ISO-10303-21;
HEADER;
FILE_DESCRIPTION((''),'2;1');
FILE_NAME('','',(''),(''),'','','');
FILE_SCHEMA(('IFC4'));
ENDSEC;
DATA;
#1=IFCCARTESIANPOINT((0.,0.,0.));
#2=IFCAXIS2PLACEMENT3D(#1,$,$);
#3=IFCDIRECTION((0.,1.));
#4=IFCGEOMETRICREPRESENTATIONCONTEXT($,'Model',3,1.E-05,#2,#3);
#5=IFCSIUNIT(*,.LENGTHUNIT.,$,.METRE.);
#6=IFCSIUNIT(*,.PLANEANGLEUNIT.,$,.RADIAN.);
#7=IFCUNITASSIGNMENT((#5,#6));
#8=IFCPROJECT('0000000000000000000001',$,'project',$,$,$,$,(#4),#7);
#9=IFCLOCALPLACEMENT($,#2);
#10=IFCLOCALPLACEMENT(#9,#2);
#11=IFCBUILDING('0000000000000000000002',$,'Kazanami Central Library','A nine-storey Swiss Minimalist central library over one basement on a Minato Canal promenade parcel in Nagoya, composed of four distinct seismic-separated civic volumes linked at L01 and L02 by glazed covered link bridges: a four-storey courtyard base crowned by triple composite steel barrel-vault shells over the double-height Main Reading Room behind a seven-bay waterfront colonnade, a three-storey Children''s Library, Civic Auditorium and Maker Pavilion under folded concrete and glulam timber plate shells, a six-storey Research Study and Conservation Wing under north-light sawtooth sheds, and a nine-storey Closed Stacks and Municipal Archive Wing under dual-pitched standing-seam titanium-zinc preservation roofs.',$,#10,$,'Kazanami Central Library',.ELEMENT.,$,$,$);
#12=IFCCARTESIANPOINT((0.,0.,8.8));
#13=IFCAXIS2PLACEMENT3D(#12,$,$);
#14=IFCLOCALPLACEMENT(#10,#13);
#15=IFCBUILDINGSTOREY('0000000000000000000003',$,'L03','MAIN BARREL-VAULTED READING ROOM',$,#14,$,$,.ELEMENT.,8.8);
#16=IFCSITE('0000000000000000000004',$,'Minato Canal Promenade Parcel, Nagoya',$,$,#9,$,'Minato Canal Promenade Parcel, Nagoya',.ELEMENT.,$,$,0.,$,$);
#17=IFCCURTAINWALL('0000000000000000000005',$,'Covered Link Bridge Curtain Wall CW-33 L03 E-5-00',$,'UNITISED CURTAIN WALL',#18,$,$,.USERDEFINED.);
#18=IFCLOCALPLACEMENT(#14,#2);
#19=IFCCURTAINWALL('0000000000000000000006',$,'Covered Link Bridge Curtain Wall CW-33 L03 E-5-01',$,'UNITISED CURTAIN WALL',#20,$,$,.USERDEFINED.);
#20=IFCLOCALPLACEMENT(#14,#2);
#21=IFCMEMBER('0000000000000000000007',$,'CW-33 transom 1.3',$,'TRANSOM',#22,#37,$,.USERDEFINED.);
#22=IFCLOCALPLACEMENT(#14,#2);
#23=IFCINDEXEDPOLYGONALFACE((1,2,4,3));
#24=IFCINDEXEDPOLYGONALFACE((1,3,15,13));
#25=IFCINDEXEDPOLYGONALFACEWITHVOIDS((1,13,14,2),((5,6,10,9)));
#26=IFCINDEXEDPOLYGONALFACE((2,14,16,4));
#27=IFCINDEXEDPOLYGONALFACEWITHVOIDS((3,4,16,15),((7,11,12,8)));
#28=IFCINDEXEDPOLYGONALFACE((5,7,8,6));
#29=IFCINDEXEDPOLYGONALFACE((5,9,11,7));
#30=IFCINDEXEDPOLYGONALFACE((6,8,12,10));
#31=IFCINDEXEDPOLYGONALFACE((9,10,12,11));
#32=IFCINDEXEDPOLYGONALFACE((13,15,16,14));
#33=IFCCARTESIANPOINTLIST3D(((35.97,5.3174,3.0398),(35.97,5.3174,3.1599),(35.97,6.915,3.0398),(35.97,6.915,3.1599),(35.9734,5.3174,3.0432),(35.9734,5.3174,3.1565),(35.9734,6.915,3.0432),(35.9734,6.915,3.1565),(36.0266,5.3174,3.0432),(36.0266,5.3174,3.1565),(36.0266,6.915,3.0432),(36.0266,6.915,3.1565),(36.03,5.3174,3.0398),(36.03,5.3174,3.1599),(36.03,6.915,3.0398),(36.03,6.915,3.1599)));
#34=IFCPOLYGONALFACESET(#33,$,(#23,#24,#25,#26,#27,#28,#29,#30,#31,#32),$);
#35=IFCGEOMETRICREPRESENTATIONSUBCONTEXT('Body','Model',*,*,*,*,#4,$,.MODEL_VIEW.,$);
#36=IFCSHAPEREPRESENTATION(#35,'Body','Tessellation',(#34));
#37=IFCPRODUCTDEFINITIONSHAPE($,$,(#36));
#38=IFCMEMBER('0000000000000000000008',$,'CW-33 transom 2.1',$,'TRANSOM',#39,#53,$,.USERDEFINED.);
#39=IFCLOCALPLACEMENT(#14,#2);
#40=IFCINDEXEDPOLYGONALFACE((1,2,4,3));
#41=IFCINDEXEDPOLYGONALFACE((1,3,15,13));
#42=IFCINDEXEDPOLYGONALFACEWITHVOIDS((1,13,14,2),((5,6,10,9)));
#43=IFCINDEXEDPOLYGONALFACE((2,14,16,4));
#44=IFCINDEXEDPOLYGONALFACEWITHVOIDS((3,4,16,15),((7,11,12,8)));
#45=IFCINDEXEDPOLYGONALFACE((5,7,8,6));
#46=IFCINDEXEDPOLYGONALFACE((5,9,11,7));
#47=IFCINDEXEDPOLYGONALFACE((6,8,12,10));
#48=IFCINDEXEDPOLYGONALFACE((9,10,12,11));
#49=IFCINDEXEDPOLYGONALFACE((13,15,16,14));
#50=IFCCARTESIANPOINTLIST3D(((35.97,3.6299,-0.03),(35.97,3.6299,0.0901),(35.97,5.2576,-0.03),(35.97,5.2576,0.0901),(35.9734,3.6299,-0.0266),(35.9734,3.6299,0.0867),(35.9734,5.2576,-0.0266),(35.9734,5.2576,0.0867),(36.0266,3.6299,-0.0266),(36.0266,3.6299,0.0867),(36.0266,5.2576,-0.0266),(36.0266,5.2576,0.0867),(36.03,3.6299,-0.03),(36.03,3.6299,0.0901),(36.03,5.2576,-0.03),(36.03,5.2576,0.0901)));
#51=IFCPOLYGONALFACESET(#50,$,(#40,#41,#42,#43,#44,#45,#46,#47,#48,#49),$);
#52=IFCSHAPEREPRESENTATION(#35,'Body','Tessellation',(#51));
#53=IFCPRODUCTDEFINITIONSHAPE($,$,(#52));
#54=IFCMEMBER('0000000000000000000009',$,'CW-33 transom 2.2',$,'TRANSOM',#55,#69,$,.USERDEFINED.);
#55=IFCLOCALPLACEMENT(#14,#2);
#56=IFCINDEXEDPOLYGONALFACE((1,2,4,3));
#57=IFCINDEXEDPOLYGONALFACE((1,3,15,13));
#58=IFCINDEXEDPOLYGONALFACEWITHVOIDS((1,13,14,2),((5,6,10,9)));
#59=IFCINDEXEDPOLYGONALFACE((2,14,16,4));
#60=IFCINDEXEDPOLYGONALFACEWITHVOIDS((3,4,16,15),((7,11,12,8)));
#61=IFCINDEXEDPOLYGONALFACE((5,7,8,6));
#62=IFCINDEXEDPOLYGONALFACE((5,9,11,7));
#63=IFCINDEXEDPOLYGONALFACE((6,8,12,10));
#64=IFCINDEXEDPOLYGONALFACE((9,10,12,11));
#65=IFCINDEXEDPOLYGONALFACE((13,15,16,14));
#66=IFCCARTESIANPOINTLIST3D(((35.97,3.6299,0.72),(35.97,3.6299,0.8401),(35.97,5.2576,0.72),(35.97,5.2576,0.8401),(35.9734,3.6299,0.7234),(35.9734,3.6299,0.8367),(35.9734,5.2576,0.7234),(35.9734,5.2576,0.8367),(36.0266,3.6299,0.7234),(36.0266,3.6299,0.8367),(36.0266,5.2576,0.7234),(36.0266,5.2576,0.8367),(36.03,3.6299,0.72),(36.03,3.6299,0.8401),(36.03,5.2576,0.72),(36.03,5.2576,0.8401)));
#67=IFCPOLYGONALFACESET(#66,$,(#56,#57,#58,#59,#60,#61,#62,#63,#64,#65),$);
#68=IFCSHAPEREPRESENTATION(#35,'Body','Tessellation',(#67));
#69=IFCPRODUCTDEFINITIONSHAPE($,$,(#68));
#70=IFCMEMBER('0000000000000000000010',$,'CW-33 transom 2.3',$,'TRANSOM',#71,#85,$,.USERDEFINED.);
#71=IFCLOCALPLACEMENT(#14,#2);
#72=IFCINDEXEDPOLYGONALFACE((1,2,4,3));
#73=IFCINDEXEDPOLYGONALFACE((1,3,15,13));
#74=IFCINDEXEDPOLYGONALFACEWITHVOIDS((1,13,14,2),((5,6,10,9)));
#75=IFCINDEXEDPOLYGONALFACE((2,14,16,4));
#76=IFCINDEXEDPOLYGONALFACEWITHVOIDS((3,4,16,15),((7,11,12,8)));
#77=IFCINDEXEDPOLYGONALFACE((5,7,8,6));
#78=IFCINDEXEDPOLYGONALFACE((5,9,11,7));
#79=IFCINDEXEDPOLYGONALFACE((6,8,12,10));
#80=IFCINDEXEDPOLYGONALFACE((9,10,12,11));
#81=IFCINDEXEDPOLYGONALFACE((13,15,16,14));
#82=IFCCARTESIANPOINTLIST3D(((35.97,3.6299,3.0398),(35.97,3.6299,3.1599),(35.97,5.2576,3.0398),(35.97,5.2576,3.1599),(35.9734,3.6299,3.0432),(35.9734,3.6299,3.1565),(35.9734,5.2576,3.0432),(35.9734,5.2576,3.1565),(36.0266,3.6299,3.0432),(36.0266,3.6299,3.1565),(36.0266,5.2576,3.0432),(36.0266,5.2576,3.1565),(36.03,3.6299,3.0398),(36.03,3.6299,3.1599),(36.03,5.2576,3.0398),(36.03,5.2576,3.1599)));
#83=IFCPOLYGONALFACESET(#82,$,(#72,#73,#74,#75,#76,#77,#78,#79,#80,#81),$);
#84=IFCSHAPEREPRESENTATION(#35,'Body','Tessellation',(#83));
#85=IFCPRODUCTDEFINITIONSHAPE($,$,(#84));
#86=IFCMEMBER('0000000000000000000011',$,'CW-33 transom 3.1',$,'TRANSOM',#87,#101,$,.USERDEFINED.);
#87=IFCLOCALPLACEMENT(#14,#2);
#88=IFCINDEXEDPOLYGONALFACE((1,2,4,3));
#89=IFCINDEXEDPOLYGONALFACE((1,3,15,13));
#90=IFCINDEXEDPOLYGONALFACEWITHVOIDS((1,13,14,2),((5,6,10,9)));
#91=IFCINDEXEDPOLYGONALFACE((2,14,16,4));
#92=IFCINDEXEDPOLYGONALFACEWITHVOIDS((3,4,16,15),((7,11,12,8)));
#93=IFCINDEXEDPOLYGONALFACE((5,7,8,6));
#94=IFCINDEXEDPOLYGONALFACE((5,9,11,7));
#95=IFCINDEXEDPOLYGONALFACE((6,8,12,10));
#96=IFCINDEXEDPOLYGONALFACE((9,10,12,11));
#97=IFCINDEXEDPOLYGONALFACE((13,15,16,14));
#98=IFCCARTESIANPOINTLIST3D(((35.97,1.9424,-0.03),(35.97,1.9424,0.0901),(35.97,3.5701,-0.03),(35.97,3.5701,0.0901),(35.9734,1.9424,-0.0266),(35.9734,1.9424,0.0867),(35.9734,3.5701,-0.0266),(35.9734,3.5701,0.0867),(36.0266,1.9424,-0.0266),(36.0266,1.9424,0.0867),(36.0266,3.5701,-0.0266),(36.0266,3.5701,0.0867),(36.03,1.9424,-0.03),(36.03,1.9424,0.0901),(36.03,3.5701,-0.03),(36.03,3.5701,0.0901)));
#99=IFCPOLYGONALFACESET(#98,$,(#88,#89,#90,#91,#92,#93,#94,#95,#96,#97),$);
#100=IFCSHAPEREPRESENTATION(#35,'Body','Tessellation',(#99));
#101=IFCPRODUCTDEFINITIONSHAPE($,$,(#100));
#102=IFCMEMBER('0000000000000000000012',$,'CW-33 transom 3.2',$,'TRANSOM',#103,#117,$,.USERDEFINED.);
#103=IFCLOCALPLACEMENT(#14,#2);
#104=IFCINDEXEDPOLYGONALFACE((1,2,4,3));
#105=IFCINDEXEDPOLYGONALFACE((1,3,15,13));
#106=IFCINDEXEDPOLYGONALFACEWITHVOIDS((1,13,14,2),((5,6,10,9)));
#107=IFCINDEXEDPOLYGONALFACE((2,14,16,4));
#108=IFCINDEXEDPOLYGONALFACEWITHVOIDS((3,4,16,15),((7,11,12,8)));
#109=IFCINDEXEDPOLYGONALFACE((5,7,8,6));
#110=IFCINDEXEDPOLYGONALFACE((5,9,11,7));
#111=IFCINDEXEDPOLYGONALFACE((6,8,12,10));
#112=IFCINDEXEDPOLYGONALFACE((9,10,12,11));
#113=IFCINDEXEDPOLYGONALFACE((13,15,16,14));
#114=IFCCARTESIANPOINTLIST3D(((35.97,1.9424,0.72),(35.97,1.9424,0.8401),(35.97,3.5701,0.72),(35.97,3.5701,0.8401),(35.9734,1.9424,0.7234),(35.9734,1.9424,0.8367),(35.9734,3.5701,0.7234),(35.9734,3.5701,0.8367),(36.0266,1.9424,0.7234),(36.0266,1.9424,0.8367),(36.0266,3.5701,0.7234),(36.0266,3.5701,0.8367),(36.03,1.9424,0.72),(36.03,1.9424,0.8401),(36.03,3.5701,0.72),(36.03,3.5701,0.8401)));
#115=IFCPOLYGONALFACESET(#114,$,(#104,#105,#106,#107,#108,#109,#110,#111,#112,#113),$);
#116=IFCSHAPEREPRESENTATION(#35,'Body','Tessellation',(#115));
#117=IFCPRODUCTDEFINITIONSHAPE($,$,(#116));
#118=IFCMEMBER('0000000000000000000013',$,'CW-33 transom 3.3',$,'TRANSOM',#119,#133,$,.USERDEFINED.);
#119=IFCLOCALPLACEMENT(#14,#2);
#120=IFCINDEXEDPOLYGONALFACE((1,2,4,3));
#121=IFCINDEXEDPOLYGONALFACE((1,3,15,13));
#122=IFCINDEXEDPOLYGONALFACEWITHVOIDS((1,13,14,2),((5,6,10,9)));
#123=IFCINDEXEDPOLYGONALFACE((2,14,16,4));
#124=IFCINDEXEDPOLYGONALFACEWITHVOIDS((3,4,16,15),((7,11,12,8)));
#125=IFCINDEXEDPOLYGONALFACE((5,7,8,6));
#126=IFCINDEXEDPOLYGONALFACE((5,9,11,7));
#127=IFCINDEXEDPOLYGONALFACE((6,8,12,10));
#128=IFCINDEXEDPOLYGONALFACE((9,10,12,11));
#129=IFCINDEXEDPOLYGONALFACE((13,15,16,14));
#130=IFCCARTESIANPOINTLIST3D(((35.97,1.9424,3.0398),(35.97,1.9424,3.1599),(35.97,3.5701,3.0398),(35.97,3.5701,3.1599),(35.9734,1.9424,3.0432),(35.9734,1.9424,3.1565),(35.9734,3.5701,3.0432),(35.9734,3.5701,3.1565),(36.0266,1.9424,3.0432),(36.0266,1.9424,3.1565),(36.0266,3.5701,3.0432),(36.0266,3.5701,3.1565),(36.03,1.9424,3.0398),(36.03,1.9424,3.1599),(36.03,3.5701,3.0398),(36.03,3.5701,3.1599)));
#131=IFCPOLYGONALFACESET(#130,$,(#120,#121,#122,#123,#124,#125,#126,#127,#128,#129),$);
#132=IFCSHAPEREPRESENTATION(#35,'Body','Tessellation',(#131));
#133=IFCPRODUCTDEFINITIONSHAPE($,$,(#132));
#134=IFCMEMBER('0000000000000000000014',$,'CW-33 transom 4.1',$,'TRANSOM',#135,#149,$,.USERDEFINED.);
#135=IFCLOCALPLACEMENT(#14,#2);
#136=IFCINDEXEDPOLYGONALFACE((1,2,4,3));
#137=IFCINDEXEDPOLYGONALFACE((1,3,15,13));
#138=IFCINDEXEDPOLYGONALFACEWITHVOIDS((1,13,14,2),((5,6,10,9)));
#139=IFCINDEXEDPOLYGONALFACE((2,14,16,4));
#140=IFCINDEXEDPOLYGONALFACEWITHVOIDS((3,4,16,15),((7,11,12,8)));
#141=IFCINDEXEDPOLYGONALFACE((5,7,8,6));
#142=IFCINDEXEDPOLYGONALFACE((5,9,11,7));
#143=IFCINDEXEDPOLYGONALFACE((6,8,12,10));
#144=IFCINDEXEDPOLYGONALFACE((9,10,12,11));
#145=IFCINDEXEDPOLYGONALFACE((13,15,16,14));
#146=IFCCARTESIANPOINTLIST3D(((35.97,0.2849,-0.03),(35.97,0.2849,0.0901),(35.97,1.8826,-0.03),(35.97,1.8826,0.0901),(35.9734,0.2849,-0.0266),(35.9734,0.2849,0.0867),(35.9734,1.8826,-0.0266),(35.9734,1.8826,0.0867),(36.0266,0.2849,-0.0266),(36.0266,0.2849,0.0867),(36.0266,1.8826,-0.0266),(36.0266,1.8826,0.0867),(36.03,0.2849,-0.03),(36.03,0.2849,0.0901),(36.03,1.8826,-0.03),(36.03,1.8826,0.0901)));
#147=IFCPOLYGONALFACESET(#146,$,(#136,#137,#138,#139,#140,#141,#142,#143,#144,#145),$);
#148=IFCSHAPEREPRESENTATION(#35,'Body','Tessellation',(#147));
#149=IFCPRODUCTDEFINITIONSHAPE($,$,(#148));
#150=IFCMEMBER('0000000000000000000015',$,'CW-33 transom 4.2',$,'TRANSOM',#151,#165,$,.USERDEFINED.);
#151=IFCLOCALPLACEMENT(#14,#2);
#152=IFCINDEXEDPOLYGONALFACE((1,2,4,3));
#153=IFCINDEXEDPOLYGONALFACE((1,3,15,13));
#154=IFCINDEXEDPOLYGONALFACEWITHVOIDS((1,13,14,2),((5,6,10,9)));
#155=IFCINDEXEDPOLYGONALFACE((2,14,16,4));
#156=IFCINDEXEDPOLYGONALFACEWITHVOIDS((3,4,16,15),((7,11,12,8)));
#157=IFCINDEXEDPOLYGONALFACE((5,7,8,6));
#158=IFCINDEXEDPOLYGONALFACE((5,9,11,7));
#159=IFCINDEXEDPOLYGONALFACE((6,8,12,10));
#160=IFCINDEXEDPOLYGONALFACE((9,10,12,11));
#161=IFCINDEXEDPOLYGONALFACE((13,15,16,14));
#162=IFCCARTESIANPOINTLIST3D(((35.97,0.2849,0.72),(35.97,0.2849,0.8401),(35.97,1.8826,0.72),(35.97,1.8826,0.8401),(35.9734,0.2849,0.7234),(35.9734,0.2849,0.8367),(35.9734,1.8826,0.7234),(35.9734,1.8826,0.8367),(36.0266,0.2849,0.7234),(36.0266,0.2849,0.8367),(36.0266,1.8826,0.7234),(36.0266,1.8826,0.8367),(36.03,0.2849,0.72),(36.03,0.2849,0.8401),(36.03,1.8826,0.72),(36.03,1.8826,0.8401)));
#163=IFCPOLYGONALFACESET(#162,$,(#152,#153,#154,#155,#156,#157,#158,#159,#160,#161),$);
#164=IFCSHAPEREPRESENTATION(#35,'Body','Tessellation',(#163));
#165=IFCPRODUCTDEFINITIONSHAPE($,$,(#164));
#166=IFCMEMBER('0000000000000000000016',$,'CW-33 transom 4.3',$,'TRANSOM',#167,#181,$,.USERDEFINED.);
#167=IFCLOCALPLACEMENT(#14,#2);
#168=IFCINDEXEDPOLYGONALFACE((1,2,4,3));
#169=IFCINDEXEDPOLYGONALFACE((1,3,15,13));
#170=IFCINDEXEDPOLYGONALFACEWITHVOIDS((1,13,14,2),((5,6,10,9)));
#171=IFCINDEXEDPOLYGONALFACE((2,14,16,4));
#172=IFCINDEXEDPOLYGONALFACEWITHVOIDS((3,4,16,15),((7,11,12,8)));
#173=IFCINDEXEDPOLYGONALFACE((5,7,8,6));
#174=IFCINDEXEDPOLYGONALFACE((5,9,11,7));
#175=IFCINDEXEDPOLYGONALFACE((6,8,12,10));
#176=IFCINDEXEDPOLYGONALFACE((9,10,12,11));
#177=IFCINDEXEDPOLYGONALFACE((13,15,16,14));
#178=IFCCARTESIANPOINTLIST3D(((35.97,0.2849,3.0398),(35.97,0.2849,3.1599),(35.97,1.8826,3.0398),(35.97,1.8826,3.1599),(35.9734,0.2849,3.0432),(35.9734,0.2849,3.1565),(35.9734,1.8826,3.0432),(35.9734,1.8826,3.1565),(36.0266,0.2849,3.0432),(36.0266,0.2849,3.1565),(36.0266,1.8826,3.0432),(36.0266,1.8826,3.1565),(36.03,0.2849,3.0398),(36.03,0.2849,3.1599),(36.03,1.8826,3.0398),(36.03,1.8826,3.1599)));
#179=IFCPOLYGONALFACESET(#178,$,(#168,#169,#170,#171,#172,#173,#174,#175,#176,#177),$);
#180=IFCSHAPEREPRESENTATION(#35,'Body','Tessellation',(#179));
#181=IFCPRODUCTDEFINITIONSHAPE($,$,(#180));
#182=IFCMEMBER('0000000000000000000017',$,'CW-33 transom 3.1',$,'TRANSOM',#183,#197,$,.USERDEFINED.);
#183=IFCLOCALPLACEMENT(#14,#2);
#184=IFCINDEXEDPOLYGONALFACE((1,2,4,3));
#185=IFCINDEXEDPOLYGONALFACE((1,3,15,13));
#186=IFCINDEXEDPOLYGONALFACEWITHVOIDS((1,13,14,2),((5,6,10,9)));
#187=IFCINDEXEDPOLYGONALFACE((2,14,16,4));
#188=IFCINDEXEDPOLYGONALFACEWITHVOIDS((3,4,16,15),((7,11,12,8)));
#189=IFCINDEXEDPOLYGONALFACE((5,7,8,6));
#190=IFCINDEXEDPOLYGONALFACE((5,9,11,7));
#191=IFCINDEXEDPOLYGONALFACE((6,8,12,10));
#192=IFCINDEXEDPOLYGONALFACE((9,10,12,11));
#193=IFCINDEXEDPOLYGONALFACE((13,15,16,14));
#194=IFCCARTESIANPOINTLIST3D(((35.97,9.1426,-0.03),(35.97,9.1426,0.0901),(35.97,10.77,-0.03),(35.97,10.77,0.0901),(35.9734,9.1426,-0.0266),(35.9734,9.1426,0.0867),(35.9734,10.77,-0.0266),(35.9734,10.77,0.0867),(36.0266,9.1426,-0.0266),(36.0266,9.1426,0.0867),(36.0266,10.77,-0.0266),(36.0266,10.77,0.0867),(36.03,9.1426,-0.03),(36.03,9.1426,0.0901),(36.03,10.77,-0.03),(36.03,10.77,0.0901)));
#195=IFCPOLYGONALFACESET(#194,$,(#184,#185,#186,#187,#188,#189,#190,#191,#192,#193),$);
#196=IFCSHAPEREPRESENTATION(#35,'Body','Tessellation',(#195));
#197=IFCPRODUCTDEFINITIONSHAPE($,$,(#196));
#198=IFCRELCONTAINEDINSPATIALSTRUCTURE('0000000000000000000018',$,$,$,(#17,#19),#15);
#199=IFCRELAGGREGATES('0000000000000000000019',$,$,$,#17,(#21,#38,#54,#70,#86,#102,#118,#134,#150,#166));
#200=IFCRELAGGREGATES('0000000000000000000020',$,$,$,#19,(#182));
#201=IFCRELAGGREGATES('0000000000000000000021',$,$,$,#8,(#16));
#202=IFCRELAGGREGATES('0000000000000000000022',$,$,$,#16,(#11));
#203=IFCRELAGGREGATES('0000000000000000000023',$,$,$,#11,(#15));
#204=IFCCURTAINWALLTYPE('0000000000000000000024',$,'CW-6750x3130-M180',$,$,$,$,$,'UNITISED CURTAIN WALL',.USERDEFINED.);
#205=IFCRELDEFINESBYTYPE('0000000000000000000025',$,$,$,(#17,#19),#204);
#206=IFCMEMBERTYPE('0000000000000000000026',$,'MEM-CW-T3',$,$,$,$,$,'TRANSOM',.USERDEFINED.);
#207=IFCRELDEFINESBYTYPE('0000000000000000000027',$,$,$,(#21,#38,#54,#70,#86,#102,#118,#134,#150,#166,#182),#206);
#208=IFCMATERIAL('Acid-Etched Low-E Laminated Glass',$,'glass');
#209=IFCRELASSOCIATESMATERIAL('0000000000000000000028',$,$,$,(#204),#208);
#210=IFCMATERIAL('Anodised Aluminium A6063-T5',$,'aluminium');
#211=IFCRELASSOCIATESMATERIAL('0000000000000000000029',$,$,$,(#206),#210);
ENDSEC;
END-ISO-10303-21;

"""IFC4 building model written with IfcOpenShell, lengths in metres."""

from ifc_helpers import new_model, si_unit, direction, frame, origin, origin_2d, place, context, subcontext, project, spatial, hollow_rectangle, extrude, material, material_profile, profile_set, type_object, element, aggregate, save


model = new_model("IFC4")

# Units and contexts
model_context = context("Model", 3, precision=1e-05, world=origin(), true_north=direction((0.0, 1.0)))
body_context = subcontext(model_context, "Body", "Model", "MODEL_VIEW")
ifc_project = project(units=[si_unit("LENGTHUNIT", "METRE"), si_unit("PLANEANGLEUNIT", "RADIAN")], contexts=[model_context])

# Site, building, storey
site_placement = place(None, origin())
site = spatial("IfcSite", under=ifc_project, at=site_placement, Name="Minato Canal Promenade Parcel, Nagoya", LongName="Minato Canal Promenade Parcel, Nagoya", CompositionType="ELEMENT", RefElevation=0.0)
building_placement = place(site_placement, origin())
building = spatial("IfcBuilding", under=site, at=building_placement, Name="Kazanami Central Library", Description="A nine-storey Swiss Minimalist central library over one basement on a Minato Canal promenade parcel in Nagoya, composed of four distinct seismic-separated civic volumes linked at L01 and L02 by glazed covered link bridges: a four-storey courtyard base crowned by triple composite steel barrel-vault shells over the double-height Main Reading Room behind a seven-bay waterfront colonnade, a three-storey Children's Library, Civic Auditorium and Maker Pavilion under folded concrete and glulam timber plate shells, a six-storey Research Study and Conservation Wing under north-light sawtooth sheds, and a nine-storey Closed Stacks and Municipal Archive Wing under dual-pitched standing-seam titanium-zinc preservation roofs.", LongName="Kazanami Central Library", CompositionType="ELEMENT")
storey_placement = place(building_placement, frame((0.0, 0.0, 8.8)))
storey = spatial("IfcBuildingStorey", under=building, at=storey_placement, Name="L03", Description="MAIN BARREL-VAULTED READING ROOM", CompositionType="ELEMENT", Elevation=8.8)

# Curtain walls
ifc_material_1 = material(Name="Acid-Etched Low-E Laminated Glass", Category="glass")
curtain_wall_type = type_object("IfcCurtainWallType", Name="CW-6750x3130-M180", ElementType="UNITISED CURTAIN WALL", PredefinedType="USERDEFINED", material=ifc_material_1)
curtain_wall_1_placement = place(storey_placement, origin())
curtain_wall_1 = element("IfcCurtainWall", 1, at=curtain_wall_1_placement, inside=storey, type_object=curtain_wall_type, Name="Covered Link Bridge Curtain Wall CW-33 L03 E-5-00", ObjectType="UNITISED CURTAIN WALL", PredefinedType="USERDEFINED")
ifc_material_2 = material(Name="Anodised Aluminium A6063-T5", Category="aluminium")
curtain_wall_2_placement = place(storey_placement, origin())
curtain_wall_2 = element("IfcCurtainWall", 2, at=curtain_wall_2_placement, inside=storey, type_object=curtain_wall_type, Name="Covered Link Bridge Curtain Wall CW-33 L03 E-5-01", ObjectType="UNITISED CURTAIN WALL", PredefinedType="USERDEFINED")

# Members
ifc_material_profile_1 = material_profile(ifc_material_2, hollow_rectangle(XDim=0.0601, YDim=0.1201, WallThickness=0.0034, at=origin_2d()), Name="ALU-TRAN-60x120x3.5")
ifc_profile_set_1 = profile_set([ifc_material_profile_1], Name="Anodised Aluminium A6063-T5")
member_type_1 = type_object("IfcMemberType", Name="MEM-CW-T3", ElementType="TRANSOM", PredefinedType="USERDEFINED", material=ifc_profile_set_1)
member_1_placement = place(storey_placement, frame((36.0, 6.915, 3.0999), z_axis=(0.0, -1.0, 0.0), x_axis=(1.0, 0.0, 0.0)))
member_1 = element("IfcMember", 3, at=member_1_placement, type_object=member_type_1, Name="CW-33 transom 1.3", ObjectType="TRANSOM", PredefinedType="USERDEFINED", context=body_context, shape_type="SweptSolid", body=[
    extrude(hollow_rectangle(XDim=0.0601, YDim=0.1201, WallThickness=0.0034, at=origin_2d()), origin(), (0.0, 0.0, 1.0), 1.5977),
])
member_2_placement = place(storey_placement, frame((36.0, 5.2576, 0.03), z_axis=(0.0, -1.0, 0.0), x_axis=(1.0, 0.0, 0.0)))
member_2 = element("IfcMember", 4, at=member_2_placement, type_object=member_type_1, Name="CW-33 transom 2.1", ObjectType="TRANSOM", PredefinedType="USERDEFINED", context=body_context, shape_type="SweptSolid", body=[
    extrude(hollow_rectangle(XDim=0.0601, YDim=0.1201, WallThickness=0.0034, at=origin_2d()), origin(), (0.0, 0.0, 1.0), 1.6277),
])
member_3_placement = place(storey_placement, frame((36.0, 5.2576, 0.78), z_axis=(0.0, -1.0, 0.0), x_axis=(1.0, 0.0, 0.0)))
member_3 = element("IfcMember", 5, at=member_3_placement, type_object=member_type_1, Name="CW-33 transom 2.2", ObjectType="TRANSOM", PredefinedType="USERDEFINED", context=body_context, shape_type="SweptSolid", body=[
    extrude(hollow_rectangle(XDim=0.0601, YDim=0.1201, WallThickness=0.0034, at=origin_2d()), origin(), (0.0, 0.0, 1.0), 1.6277),
])
member_4_placement = place(storey_placement, frame((36.0, 5.2576, 3.0999), z_axis=(0.0, -1.0, 0.0), x_axis=(1.0, 0.0, 0.0)))
member_4 = element("IfcMember", 6, at=member_4_placement, type_object=member_type_1, Name="CW-33 transom 2.3", ObjectType="TRANSOM", PredefinedType="USERDEFINED", context=body_context, shape_type="SweptSolid", body=[
    extrude(hollow_rectangle(XDim=0.0601, YDim=0.1201, WallThickness=0.0034, at=origin_2d()), origin(), (0.0, 0.0, 1.0), 1.6277),
])
member_5_placement = place(storey_placement, frame((36.0, 3.5701, 0.03), z_axis=(0.0, -1.0, 0.0), x_axis=(1.0, 0.0, 0.0)))
member_5 = element("IfcMember", 7, at=member_5_placement, type_object=member_type_1, Name="CW-33 transom 3.1", ObjectType="TRANSOM", PredefinedType="USERDEFINED", context=body_context, shape_type="SweptSolid", body=[
    extrude(hollow_rectangle(XDim=0.0601, YDim=0.1201, WallThickness=0.0034, at=origin_2d()), origin(), (0.0, 0.0, 1.0), 1.6277),
])
member_6_placement = place(storey_placement, frame((36.0, 3.5701, 0.78), z_axis=(0.0, -1.0, 0.0), x_axis=(1.0, 0.0, 0.0)))
member_6 = element("IfcMember", 8, at=member_6_placement, type_object=member_type_1, Name="CW-33 transom 3.2", ObjectType="TRANSOM", PredefinedType="USERDEFINED", context=body_context, shape_type="SweptSolid", body=[
    extrude(hollow_rectangle(XDim=0.0601, YDim=0.1201, WallThickness=0.0034, at=origin_2d()), origin(), (0.0, 0.0, 1.0), 1.6277),
])
member_7_placement = place(storey_placement, frame((36.0, 3.5701, 3.0999), z_axis=(0.0, -1.0, 0.0), x_axis=(1.0, 0.0, 0.0)))
member_7 = element("IfcMember", 9, at=member_7_placement, type_object=member_type_1, Name="CW-33 transom 3.3", ObjectType="TRANSOM", PredefinedType="USERDEFINED", context=body_context, shape_type="SweptSolid", body=[
    extrude(hollow_rectangle(XDim=0.0601, YDim=0.1201, WallThickness=0.0034, at=origin_2d()), origin(), (0.0, 0.0, 1.0), 1.6277),
])
member_8_placement = place(storey_placement, frame((36.0, 1.8826, 0.03), z_axis=(0.0, -1.0, 0.0), x_axis=(1.0, 0.0, 0.0)))
member_8 = element("IfcMember", 10, at=member_8_placement, type_object=member_type_1, Name="CW-33 transom 4.1", ObjectType="TRANSOM", PredefinedType="USERDEFINED", context=body_context, shape_type="SweptSolid", body=[
    extrude(hollow_rectangle(XDim=0.0601, YDim=0.1201, WallThickness=0.0034, at=origin_2d()), origin(), (0.0, 0.0, 1.0), 1.5977),
])
member_9_placement = place(storey_placement, frame((36.0, 1.8826, 0.78), z_axis=(0.0, -1.0, 0.0), x_axis=(1.0, 0.0, 0.0)))
member_9 = element("IfcMember", 11, at=member_9_placement, type_object=member_type_1, Name="CW-33 transom 4.2", ObjectType="TRANSOM", PredefinedType="USERDEFINED", context=body_context, shape_type="SweptSolid", body=[
    extrude(hollow_rectangle(XDim=0.0601, YDim=0.1201, WallThickness=0.0034, at=origin_2d()), origin(), (0.0, 0.0, 1.0), 1.5977),
])
member_10_placement = place(storey_placement, frame((36.0, 1.8826, 3.0999), z_axis=(0.0, -1.0, 0.0), x_axis=(1.0, 0.0, 0.0)))
member_10 = element("IfcMember", 12, at=member_10_placement, type_object=member_type_1, Name="CW-33 transom 4.3", ObjectType="TRANSOM", PredefinedType="USERDEFINED", context=body_context, shape_type="SweptSolid", body=[
    extrude(hollow_rectangle(XDim=0.0601, YDim=0.1201, WallThickness=0.0034, at=origin_2d()), origin(), (0.0, 0.0, 1.0), 1.5977),
])
member_11_placement = place(storey_placement, frame((36.0, 10.77, 0.03), z_axis=(0.0, -1.0, 0.0), x_axis=(1.0, 0.0, 0.0)))
member_11 = element("IfcMember", 13, at=member_11_placement, type_object=member_type_1, Name="CW-33 transom 3.1", ObjectType="TRANSOM", PredefinedType="USERDEFINED", context=body_context, shape_type="SweptSolid", body=[
    extrude(hollow_rectangle(XDim=0.0601, YDim=0.1201, WallThickness=0.0034, at=origin_2d()), origin(), (0.0, 0.0, 1.0), 1.6274),
])

aggregate(curtain_wall_1, [member_1, member_2, member_3, member_4, member_5, member_6, member_7, member_8, member_9, member_10])
aggregate(curtain_wall_2, [member_11])

save(model, "model.ifc")
